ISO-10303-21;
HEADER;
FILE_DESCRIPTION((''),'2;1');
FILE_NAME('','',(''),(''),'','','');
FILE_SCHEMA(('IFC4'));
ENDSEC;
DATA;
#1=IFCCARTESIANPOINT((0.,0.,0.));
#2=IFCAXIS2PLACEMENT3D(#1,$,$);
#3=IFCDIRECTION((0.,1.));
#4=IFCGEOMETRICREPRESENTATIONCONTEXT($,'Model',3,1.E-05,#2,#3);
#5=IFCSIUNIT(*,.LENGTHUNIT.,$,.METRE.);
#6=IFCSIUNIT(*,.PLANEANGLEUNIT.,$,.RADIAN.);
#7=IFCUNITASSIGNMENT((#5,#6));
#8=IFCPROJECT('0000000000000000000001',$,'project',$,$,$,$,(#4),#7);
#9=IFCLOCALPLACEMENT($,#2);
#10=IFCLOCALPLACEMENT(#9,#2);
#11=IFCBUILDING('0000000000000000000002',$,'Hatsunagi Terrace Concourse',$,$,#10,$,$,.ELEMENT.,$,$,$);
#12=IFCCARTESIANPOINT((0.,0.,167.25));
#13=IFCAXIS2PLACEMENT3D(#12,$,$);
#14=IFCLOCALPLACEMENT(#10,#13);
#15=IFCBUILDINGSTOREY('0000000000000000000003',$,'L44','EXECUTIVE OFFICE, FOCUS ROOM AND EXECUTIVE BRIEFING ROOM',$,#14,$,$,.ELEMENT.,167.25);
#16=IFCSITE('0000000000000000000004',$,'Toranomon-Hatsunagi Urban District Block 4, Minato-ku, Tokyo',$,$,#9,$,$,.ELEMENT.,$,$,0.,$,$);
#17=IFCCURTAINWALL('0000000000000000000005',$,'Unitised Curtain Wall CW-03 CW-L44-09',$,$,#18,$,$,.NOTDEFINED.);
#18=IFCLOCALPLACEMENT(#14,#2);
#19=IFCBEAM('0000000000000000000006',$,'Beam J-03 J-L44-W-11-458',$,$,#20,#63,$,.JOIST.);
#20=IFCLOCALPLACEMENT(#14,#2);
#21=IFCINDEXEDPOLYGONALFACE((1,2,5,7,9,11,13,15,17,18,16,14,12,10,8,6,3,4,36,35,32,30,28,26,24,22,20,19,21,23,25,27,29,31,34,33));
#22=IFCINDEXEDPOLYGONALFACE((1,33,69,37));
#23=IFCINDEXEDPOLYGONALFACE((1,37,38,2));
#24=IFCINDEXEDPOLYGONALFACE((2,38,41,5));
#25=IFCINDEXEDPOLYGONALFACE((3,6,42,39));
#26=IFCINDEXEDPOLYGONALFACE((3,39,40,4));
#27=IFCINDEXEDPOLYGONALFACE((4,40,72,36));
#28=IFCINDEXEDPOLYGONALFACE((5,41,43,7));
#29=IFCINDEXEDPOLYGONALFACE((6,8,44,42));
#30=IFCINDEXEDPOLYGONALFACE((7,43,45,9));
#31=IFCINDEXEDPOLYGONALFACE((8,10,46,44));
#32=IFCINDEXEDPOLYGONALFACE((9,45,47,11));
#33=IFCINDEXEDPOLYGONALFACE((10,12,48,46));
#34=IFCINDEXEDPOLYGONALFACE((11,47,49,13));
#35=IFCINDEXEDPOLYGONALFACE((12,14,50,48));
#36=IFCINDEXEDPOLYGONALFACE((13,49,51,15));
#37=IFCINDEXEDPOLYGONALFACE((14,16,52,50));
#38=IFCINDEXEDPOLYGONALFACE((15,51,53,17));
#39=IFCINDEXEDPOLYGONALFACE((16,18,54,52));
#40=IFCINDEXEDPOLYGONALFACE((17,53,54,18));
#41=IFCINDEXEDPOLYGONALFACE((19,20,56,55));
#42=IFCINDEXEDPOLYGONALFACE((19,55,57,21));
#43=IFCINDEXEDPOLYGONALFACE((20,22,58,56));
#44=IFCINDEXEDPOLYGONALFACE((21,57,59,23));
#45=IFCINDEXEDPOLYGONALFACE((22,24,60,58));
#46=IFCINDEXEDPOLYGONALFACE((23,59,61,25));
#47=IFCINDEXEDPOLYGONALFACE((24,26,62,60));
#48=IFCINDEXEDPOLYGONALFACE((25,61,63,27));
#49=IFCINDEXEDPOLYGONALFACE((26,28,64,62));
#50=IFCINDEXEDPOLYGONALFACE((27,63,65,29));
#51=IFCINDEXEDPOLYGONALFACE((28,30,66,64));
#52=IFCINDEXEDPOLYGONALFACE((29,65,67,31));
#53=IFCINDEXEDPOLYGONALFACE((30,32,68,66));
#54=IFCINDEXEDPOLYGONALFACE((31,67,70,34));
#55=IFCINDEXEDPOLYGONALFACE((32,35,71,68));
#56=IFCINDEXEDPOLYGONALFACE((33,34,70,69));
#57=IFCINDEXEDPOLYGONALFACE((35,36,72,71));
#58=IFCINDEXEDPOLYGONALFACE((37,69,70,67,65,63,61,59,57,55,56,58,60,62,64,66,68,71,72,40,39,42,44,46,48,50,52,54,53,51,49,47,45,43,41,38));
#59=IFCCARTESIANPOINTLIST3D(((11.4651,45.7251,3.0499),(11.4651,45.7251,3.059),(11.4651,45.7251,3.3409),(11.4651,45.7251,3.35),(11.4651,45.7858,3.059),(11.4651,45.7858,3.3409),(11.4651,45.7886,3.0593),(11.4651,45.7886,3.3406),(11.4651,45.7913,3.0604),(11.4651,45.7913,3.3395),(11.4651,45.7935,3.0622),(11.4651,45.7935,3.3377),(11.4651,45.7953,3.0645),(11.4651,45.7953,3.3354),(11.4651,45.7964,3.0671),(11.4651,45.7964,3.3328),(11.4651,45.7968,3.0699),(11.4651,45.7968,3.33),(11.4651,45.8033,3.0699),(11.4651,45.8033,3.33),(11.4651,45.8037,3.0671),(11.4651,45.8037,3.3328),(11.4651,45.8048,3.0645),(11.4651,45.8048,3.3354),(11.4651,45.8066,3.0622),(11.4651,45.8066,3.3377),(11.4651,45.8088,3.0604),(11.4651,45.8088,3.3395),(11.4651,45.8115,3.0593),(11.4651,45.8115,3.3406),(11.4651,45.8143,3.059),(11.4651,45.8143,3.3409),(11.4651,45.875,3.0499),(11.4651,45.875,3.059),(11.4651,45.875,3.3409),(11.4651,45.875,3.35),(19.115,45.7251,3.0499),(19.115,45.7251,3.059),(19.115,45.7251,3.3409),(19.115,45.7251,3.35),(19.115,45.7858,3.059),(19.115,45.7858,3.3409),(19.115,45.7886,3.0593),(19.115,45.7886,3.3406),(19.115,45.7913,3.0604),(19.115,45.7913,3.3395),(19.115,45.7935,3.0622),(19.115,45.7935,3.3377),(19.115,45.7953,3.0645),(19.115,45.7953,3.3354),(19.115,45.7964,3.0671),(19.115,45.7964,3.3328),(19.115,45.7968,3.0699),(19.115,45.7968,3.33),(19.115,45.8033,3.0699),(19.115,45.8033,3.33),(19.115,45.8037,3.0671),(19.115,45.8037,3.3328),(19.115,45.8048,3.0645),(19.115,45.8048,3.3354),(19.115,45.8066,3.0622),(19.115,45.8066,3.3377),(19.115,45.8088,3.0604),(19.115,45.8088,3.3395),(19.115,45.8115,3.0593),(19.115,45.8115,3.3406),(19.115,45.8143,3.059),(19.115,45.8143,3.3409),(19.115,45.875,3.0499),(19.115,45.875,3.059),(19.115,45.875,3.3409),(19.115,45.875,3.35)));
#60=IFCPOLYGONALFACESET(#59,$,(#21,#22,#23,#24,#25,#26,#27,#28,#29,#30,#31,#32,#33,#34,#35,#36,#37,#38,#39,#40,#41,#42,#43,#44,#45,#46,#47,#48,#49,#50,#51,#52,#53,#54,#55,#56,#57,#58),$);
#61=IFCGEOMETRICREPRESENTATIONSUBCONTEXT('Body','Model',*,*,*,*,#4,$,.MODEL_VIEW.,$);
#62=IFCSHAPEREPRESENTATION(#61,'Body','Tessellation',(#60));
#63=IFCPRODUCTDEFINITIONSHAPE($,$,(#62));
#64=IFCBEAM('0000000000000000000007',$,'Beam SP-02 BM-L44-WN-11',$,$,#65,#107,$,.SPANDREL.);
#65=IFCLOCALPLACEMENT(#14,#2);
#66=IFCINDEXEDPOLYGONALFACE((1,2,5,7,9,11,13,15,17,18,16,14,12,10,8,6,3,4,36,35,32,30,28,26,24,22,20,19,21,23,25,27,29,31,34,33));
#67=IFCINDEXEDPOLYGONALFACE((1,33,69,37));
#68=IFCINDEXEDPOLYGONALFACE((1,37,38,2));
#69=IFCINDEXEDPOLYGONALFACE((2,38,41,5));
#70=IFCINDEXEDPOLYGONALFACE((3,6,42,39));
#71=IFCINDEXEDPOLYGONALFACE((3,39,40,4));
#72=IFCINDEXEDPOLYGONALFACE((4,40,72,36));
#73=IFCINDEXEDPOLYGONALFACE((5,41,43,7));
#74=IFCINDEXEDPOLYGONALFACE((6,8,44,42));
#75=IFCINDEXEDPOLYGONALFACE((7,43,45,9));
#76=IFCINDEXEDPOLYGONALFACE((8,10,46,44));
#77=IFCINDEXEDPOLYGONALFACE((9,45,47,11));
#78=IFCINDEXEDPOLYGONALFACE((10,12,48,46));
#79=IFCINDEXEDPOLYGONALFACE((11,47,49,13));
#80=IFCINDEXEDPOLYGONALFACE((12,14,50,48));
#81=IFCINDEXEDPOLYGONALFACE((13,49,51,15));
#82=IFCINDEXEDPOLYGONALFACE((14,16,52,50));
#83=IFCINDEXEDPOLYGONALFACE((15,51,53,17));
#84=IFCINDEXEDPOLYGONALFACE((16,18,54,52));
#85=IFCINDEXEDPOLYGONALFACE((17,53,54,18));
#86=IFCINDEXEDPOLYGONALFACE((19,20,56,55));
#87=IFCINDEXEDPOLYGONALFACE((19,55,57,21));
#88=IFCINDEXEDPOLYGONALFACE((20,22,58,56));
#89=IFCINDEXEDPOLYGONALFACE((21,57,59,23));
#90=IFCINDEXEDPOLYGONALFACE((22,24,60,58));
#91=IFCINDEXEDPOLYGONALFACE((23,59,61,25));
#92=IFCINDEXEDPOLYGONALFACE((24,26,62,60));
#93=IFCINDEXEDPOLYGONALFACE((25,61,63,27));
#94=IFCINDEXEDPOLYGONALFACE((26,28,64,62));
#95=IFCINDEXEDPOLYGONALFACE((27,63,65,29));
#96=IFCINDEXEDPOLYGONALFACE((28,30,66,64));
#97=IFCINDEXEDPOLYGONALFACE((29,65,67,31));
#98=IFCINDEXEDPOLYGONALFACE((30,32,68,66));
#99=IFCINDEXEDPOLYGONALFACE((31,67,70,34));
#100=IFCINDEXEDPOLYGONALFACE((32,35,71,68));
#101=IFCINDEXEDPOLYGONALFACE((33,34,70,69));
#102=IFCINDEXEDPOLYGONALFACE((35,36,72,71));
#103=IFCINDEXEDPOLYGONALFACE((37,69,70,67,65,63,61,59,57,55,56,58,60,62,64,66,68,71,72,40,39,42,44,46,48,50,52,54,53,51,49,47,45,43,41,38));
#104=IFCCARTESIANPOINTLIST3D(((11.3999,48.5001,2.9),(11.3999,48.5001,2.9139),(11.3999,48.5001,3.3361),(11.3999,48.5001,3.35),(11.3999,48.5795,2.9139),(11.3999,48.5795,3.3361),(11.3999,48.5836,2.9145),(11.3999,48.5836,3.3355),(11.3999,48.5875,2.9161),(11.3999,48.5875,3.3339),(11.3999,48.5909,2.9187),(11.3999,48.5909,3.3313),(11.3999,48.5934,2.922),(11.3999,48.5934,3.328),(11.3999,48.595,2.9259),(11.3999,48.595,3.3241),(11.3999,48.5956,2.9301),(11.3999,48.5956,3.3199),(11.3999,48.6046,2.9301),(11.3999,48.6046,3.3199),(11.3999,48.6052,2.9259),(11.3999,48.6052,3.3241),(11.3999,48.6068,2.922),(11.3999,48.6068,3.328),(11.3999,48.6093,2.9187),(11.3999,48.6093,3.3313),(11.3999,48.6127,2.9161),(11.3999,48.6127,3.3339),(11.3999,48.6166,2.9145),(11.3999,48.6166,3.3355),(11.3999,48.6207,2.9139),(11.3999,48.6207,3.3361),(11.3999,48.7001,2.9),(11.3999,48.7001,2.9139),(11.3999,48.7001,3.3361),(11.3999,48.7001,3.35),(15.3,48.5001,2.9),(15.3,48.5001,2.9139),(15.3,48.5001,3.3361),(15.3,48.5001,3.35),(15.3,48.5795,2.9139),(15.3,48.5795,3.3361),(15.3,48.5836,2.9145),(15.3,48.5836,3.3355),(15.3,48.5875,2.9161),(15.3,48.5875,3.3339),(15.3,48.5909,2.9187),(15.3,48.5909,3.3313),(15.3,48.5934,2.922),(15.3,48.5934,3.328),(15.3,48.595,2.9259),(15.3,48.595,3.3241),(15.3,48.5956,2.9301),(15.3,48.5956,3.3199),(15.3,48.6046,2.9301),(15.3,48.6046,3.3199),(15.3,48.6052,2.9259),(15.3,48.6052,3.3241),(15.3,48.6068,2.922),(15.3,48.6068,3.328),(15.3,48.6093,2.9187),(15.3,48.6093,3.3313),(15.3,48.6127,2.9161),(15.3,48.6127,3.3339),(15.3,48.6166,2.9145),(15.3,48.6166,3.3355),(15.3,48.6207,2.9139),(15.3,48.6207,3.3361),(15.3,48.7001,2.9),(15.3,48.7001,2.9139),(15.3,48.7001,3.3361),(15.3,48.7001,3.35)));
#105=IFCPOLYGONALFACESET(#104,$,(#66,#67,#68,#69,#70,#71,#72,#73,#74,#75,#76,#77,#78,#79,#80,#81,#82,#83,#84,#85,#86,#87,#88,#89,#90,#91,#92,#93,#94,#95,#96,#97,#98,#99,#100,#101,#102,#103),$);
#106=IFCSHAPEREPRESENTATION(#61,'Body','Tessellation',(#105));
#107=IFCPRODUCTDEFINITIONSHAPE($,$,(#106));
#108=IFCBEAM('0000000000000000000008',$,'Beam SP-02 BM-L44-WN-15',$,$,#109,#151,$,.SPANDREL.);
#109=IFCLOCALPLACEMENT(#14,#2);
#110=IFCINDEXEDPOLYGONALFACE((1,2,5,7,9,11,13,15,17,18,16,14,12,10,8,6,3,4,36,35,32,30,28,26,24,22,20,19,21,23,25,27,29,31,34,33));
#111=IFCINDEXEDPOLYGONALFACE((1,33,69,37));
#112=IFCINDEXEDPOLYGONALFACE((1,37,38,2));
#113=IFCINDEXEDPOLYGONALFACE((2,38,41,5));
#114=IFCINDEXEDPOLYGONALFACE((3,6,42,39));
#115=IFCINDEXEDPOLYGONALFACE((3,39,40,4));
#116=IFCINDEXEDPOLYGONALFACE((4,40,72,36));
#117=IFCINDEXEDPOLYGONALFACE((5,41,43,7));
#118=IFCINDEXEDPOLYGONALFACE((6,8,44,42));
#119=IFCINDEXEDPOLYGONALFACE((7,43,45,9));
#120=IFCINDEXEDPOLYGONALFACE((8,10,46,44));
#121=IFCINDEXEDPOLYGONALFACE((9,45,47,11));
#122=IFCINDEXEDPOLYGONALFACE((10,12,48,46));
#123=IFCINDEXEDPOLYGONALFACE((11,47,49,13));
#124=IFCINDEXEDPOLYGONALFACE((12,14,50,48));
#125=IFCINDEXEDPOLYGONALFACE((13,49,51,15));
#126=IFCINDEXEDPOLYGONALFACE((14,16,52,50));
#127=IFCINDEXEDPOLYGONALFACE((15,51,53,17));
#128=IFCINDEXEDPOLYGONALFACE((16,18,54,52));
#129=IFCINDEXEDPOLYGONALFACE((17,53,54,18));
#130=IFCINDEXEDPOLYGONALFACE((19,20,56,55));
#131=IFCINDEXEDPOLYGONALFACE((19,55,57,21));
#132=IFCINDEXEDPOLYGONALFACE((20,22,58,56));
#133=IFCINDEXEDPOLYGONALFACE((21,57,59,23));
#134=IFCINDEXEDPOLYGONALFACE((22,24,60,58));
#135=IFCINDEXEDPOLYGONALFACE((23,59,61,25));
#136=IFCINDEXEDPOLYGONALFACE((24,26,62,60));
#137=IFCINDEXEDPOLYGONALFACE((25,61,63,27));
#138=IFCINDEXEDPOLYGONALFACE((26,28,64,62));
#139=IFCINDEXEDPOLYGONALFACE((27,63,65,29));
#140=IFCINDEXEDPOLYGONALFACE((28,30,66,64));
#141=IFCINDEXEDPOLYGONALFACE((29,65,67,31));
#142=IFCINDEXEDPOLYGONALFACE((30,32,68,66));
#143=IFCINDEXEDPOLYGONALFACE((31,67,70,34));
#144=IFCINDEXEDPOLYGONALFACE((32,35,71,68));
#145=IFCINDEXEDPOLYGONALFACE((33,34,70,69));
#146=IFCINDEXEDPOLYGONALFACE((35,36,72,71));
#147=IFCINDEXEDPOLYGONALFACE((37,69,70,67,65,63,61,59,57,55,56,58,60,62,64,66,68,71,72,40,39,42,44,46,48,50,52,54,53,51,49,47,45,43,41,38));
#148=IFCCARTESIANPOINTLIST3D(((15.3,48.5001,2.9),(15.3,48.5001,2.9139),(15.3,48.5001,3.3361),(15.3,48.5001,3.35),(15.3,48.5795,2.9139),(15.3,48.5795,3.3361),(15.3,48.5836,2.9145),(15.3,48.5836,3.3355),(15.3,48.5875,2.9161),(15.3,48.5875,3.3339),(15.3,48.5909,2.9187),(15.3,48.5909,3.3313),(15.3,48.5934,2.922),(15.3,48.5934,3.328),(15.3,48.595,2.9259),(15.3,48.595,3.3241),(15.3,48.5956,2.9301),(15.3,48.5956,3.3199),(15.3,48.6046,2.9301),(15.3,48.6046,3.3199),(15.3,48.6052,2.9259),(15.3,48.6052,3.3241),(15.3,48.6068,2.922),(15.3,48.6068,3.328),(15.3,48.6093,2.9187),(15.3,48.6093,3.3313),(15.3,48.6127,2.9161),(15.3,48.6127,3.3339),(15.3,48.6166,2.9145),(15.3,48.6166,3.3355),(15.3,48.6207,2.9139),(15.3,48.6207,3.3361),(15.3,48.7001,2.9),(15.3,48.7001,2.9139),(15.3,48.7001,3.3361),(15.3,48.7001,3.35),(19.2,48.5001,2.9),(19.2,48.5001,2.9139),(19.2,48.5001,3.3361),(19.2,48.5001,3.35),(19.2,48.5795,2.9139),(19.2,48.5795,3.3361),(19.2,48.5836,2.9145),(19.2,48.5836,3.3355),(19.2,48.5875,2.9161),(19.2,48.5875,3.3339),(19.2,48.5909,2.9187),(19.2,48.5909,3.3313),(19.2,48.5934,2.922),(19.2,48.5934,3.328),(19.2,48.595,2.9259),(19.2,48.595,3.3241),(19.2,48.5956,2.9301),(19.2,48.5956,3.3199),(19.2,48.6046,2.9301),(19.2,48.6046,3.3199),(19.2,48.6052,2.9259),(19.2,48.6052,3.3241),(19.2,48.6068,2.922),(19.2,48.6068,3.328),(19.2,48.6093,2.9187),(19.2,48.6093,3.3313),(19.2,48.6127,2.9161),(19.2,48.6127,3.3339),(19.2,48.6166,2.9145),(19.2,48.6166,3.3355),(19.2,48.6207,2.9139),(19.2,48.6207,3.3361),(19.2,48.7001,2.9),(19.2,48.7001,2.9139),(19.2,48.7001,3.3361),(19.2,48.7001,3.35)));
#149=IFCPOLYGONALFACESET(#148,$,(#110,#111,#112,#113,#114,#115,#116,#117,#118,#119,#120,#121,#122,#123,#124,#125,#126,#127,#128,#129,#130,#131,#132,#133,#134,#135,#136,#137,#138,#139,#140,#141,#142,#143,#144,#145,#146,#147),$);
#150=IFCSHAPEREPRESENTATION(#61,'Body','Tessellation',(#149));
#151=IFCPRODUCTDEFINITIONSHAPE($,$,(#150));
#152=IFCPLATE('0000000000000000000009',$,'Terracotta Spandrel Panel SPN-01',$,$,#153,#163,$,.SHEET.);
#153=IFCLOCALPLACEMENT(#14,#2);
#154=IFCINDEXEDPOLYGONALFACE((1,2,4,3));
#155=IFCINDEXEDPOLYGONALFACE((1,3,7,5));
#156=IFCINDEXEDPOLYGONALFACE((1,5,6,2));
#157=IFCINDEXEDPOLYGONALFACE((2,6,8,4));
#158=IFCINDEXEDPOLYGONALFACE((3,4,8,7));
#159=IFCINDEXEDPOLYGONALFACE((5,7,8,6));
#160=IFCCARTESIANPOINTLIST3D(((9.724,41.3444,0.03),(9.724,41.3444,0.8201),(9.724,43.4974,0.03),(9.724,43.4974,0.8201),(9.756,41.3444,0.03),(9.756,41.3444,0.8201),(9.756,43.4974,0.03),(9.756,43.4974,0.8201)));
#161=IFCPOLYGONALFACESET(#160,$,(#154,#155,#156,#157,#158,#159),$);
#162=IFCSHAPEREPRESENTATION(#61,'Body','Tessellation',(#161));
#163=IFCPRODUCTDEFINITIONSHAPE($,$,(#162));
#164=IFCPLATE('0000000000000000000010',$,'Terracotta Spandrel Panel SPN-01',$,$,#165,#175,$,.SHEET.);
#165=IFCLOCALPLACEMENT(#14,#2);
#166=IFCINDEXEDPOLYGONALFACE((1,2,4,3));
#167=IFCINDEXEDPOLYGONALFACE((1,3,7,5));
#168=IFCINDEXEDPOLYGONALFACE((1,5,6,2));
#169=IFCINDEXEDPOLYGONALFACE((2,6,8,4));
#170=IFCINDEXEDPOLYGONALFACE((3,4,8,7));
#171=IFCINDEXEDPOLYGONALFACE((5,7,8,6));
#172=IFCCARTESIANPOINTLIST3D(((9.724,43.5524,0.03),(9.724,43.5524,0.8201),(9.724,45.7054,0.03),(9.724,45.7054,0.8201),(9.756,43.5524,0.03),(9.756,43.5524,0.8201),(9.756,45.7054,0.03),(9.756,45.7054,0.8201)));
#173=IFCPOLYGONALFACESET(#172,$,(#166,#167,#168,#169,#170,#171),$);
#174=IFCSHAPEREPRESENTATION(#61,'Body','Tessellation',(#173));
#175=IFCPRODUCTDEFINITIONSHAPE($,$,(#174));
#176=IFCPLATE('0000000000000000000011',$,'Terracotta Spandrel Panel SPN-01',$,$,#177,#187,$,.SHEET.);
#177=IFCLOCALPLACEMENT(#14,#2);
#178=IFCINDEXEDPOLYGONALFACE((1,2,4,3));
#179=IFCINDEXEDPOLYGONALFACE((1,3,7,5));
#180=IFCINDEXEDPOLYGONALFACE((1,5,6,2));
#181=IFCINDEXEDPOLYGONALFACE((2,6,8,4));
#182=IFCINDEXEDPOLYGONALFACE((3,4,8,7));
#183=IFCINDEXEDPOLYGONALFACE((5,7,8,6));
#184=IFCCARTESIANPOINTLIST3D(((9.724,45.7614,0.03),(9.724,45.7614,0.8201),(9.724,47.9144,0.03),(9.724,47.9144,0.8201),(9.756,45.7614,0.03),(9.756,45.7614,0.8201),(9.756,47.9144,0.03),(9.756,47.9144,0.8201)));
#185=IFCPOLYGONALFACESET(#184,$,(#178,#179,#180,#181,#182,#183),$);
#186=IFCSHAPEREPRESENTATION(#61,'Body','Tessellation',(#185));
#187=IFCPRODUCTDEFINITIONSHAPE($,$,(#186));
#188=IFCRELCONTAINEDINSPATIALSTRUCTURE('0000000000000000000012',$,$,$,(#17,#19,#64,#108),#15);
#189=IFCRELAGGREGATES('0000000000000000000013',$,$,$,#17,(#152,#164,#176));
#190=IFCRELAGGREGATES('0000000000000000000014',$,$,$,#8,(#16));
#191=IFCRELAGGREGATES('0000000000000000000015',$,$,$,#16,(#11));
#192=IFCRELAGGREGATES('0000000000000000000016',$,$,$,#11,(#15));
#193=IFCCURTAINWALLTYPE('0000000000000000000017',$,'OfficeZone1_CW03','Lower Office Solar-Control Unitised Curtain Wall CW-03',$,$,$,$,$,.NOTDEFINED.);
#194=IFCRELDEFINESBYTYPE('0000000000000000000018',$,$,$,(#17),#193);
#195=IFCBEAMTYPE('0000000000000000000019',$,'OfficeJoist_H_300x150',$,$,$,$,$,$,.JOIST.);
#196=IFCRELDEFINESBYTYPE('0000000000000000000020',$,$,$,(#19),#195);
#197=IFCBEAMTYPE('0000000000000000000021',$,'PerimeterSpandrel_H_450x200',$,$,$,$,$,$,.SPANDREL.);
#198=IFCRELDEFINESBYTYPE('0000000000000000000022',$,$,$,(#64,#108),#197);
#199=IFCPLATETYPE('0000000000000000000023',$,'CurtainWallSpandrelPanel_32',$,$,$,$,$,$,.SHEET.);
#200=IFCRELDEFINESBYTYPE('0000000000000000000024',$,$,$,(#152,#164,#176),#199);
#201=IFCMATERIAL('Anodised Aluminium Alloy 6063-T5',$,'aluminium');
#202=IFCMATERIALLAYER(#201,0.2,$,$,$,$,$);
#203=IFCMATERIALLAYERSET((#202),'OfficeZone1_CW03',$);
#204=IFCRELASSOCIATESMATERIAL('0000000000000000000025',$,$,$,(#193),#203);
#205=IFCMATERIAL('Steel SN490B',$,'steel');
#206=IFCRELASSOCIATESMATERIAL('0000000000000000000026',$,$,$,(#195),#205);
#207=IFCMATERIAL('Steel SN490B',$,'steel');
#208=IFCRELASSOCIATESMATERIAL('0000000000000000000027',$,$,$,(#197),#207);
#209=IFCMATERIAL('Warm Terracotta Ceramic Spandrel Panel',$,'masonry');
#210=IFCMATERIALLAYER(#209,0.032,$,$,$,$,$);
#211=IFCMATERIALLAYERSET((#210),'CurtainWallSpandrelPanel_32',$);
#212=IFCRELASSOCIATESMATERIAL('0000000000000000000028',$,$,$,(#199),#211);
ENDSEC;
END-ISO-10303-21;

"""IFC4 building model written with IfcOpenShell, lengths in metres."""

from ifc_helpers import new_model, si_unit, direction, frame, origin, origin_2d, place, context, subcontext, project, spatial, rectangle, i_section, extrude, material, layer, layer_set, material_profile, profile_set, type_object, element, aggregate, save


model = new_model("IFC4")

# Units and contexts
model_context = context("Model", 3, precision=1e-05, world=origin(), true_north=direction((0.0, 1.0)))
body_context = subcontext(model_context, "Body", "Model", "MODEL_VIEW")
ifc_project = project(units=[si_unit("LENGTHUNIT", "METRE"), si_unit("PLANEANGLEUNIT", "RADIAN")], contexts=[model_context])

# Site, building, storey
site_placement = place(None, origin())
site = spatial("IfcSite", under=ifc_project, at=site_placement, Name="Toranomon-Hatsunagi Urban District Block 4, Minato-ku, Tokyo", CompositionType="ELEMENT", RefElevation=0.0)
building_placement = place(site_placement, origin())
building = spatial("IfcBuilding", under=site, at=building_placement, Name="Hatsunagi Terrace Concourse", CompositionType="ELEMENT")
storey_placement = place(building_placement, frame((0.0, 0.0, 167.25)))
storey = spatial("IfcBuildingStorey", under=building, at=storey_placement, Name="L44", Description="EXECUTIVE OFFICE, FOCUS ROOM AND EXECUTIVE BRIEFING ROOM", CompositionType="ELEMENT", Elevation=167.25)

# Curtain wall
ifc_material_1 = material(Name="Anodised Aluminium Alloy 6063-T5", Category="aluminium")
ifc_layer_1 = layer(ifc_material_1, 0.2)
ifc_layer_set_1 = layer_set([ifc_layer_1], Name="OfficeZone1_CW03")
curtain_wall_type = type_object("IfcCurtainWallType", Name="OfficeZone1_CW03", Description="Lower Office Solar-Control Unitised Curtain Wall CW-03", PredefinedType="NOTDEFINED", material=ifc_layer_set_1)
curtain_wall_placement = place(storey_placement, origin())
curtain_wall = element("IfcCurtainWall", 1, at=curtain_wall_placement, inside=storey, type_object=curtain_wall_type, Name="Unitised Curtain Wall CW-03 CW-L44-09", PredefinedType="NOTDEFINED")

# Beams
ifc_material_2 = material(Name="Steel SN490B", Category="steel")
ifc_material_profile_1 = material_profile(ifc_material_2, i_section(OverallWidth=0.1499, OverallDepth=0.3, WebThickness=0.0066, FlangeThickness=0.009, FilletRadius=0.011, at=origin_2d()), Name="H-300x150x6.5x9")
ifc_profile_set_1 = profile_set([ifc_material_profile_1], Name="Steel SN490B")
beam_type_1 = type_object("IfcBeamType", Name="OfficeJoist_H_300x150", PredefinedType="JOIST", material=ifc_profile_set_1)
for number, where, z_axis, x_axis, name in (
    (2, (11.4651, 45.8, 3.2), (1.0, 0.0, 0.0), (0.0, 1.0, 0.0), "Beam J-03 J-L44-W-11-458"),
):
    element("IfcBeam", number, at=place(storey_placement, frame(where, z_axis=z_axis, x_axis=x_axis)), inside=storey, type_object=beam_type_1, Name=name, PredefinedType="JOIST", context=body_context, shape_type="SweptSolid", body=[
        extrude(i_section(OverallWidth=0.1499, OverallDepth=0.3, WebThickness=0.0066, FlangeThickness=0.009, FilletRadius=0.011, at=origin_2d()), origin(), (0.0, 0.0, 1.0), 7.6499),
    ])
ifc_material_3 = material(Name="Steel SN490B", Category="steel")
ifc_material_profile_2 = material_profile(ifc_material_3, i_section(OverallWidth=0.2, OverallDepth=0.45, WebThickness=0.009, FlangeThickness=0.0139, FilletRadius=0.0161, at=origin_2d()), Name="H-450x200x9x14")
ifc_profile_set_2 = profile_set([ifc_material_profile_2], Name="Steel SN490B")
beam_type_2 = type_object("IfcBeamType", Name="PerimeterSpandrel_H_450x200", PredefinedType="SPANDREL", material=ifc_profile_set_2)
beam_1_placement = place(storey_placement, frame((11.3999, 48.6001, 3.125), z_axis=(1.0, 0.0, 0.0), x_axis=(0.0, 1.0, 0.0)))
element("IfcBeam", 3, at=beam_1_placement, inside=storey, type_object=beam_type_2, Name="Beam SP-02 BM-L44-WN-11", PredefinedType="SPANDREL", context=body_context, shape_type="SweptSolid", body=[
    extrude(i_section(OverallWidth=0.2, OverallDepth=0.45, WebThickness=0.009, FlangeThickness=0.0139, FilletRadius=0.0161, at=origin_2d()), origin(), (0.0, 0.0, 1.0), 3.9001),
])
beam_2_placement = place(storey_placement, frame((15.3, 48.6001, 3.125), z_axis=(1.0, 0.0, 0.0), x_axis=(0.0, 1.0, 0.0)))
element("IfcBeam", 4, at=beam_2_placement, inside=storey, type_object=beam_type_2, Name="Beam SP-02 BM-L44-WN-15", PredefinedType="SPANDREL", context=body_context, shape_type="SweptSolid", body=[
    extrude(i_section(OverallWidth=0.2, OverallDepth=0.45, WebThickness=0.009, FlangeThickness=0.0139, FilletRadius=0.0161, at=origin_2d()), origin(), (0.0, 0.0, 1.0), 3.8999),
])

# Plates
ifc_material_4 = material(Name="Warm Terracotta Ceramic Spandrel Panel", Category="masonry")
ifc_layer_2 = layer(ifc_material_4, 0.032)
ifc_layer_set_2 = layer_set([ifc_layer_2], Name="CurtainWallSpandrelPanel_32")
plate_type_1 = type_object("IfcPlateType", Name="CurtainWallSpandrelPanel_32", PredefinedType="SHEET", material=ifc_layer_set_2)
plate_1_placement = place(storey_placement, frame((9.74, 42.4209, 0.03), z_axis=(0.0, 0.0, 1.0), x_axis=(0.0, 1.0, 0.0)))
plate_1 = element("IfcPlate", 5, at=plate_1_placement, type_object=plate_type_1, Name="Terracotta Spandrel Panel SPN-01", PredefinedType="SHEET", context=body_context, shape_type="SweptSolid", body=[
    extrude(rectangle(XDim=2.1531, YDim=0.032, at=origin_2d()), origin(), (0.0, 0.0, 1.0), 0.79),
])
plate_2_placement = place(storey_placement, frame((9.74, 44.6289, 0.03), z_axis=(0.0, 0.0, 1.0), x_axis=(0.0, 1.0, 0.0)))
plate_2 = element("IfcPlate", 6, at=plate_2_placement, type_object=plate_type_1, Name="Terracotta Spandrel Panel SPN-01", PredefinedType="SHEET", context=body_context, shape_type="SweptSolid", body=[
    extrude(rectangle(XDim=2.1531, YDim=0.032, at=origin_2d()), origin(), (0.0, 0.0, 1.0), 0.79),
])
plate_3_placement = place(storey_placement, frame((9.74, 46.8379, 0.03), z_axis=(0.0, 0.0, 1.0), x_axis=(0.0, 1.0, 0.0)))
plate_3 = element("IfcPlate", 7, at=plate_3_placement, type_object=plate_type_1, Name="Terracotta Spandrel Panel SPN-01", PredefinedType="SHEET", context=body_context, shape_type="SweptSolid", body=[
    extrude(rectangle(XDim=2.1531, YDim=0.032, at=origin_2d()), origin(), (0.0, 0.0, 1.0), 0.79),
])
aggregate(curtain_wall, [plate_1, plate_2, plate_3])

save(model, "model.ifc")
